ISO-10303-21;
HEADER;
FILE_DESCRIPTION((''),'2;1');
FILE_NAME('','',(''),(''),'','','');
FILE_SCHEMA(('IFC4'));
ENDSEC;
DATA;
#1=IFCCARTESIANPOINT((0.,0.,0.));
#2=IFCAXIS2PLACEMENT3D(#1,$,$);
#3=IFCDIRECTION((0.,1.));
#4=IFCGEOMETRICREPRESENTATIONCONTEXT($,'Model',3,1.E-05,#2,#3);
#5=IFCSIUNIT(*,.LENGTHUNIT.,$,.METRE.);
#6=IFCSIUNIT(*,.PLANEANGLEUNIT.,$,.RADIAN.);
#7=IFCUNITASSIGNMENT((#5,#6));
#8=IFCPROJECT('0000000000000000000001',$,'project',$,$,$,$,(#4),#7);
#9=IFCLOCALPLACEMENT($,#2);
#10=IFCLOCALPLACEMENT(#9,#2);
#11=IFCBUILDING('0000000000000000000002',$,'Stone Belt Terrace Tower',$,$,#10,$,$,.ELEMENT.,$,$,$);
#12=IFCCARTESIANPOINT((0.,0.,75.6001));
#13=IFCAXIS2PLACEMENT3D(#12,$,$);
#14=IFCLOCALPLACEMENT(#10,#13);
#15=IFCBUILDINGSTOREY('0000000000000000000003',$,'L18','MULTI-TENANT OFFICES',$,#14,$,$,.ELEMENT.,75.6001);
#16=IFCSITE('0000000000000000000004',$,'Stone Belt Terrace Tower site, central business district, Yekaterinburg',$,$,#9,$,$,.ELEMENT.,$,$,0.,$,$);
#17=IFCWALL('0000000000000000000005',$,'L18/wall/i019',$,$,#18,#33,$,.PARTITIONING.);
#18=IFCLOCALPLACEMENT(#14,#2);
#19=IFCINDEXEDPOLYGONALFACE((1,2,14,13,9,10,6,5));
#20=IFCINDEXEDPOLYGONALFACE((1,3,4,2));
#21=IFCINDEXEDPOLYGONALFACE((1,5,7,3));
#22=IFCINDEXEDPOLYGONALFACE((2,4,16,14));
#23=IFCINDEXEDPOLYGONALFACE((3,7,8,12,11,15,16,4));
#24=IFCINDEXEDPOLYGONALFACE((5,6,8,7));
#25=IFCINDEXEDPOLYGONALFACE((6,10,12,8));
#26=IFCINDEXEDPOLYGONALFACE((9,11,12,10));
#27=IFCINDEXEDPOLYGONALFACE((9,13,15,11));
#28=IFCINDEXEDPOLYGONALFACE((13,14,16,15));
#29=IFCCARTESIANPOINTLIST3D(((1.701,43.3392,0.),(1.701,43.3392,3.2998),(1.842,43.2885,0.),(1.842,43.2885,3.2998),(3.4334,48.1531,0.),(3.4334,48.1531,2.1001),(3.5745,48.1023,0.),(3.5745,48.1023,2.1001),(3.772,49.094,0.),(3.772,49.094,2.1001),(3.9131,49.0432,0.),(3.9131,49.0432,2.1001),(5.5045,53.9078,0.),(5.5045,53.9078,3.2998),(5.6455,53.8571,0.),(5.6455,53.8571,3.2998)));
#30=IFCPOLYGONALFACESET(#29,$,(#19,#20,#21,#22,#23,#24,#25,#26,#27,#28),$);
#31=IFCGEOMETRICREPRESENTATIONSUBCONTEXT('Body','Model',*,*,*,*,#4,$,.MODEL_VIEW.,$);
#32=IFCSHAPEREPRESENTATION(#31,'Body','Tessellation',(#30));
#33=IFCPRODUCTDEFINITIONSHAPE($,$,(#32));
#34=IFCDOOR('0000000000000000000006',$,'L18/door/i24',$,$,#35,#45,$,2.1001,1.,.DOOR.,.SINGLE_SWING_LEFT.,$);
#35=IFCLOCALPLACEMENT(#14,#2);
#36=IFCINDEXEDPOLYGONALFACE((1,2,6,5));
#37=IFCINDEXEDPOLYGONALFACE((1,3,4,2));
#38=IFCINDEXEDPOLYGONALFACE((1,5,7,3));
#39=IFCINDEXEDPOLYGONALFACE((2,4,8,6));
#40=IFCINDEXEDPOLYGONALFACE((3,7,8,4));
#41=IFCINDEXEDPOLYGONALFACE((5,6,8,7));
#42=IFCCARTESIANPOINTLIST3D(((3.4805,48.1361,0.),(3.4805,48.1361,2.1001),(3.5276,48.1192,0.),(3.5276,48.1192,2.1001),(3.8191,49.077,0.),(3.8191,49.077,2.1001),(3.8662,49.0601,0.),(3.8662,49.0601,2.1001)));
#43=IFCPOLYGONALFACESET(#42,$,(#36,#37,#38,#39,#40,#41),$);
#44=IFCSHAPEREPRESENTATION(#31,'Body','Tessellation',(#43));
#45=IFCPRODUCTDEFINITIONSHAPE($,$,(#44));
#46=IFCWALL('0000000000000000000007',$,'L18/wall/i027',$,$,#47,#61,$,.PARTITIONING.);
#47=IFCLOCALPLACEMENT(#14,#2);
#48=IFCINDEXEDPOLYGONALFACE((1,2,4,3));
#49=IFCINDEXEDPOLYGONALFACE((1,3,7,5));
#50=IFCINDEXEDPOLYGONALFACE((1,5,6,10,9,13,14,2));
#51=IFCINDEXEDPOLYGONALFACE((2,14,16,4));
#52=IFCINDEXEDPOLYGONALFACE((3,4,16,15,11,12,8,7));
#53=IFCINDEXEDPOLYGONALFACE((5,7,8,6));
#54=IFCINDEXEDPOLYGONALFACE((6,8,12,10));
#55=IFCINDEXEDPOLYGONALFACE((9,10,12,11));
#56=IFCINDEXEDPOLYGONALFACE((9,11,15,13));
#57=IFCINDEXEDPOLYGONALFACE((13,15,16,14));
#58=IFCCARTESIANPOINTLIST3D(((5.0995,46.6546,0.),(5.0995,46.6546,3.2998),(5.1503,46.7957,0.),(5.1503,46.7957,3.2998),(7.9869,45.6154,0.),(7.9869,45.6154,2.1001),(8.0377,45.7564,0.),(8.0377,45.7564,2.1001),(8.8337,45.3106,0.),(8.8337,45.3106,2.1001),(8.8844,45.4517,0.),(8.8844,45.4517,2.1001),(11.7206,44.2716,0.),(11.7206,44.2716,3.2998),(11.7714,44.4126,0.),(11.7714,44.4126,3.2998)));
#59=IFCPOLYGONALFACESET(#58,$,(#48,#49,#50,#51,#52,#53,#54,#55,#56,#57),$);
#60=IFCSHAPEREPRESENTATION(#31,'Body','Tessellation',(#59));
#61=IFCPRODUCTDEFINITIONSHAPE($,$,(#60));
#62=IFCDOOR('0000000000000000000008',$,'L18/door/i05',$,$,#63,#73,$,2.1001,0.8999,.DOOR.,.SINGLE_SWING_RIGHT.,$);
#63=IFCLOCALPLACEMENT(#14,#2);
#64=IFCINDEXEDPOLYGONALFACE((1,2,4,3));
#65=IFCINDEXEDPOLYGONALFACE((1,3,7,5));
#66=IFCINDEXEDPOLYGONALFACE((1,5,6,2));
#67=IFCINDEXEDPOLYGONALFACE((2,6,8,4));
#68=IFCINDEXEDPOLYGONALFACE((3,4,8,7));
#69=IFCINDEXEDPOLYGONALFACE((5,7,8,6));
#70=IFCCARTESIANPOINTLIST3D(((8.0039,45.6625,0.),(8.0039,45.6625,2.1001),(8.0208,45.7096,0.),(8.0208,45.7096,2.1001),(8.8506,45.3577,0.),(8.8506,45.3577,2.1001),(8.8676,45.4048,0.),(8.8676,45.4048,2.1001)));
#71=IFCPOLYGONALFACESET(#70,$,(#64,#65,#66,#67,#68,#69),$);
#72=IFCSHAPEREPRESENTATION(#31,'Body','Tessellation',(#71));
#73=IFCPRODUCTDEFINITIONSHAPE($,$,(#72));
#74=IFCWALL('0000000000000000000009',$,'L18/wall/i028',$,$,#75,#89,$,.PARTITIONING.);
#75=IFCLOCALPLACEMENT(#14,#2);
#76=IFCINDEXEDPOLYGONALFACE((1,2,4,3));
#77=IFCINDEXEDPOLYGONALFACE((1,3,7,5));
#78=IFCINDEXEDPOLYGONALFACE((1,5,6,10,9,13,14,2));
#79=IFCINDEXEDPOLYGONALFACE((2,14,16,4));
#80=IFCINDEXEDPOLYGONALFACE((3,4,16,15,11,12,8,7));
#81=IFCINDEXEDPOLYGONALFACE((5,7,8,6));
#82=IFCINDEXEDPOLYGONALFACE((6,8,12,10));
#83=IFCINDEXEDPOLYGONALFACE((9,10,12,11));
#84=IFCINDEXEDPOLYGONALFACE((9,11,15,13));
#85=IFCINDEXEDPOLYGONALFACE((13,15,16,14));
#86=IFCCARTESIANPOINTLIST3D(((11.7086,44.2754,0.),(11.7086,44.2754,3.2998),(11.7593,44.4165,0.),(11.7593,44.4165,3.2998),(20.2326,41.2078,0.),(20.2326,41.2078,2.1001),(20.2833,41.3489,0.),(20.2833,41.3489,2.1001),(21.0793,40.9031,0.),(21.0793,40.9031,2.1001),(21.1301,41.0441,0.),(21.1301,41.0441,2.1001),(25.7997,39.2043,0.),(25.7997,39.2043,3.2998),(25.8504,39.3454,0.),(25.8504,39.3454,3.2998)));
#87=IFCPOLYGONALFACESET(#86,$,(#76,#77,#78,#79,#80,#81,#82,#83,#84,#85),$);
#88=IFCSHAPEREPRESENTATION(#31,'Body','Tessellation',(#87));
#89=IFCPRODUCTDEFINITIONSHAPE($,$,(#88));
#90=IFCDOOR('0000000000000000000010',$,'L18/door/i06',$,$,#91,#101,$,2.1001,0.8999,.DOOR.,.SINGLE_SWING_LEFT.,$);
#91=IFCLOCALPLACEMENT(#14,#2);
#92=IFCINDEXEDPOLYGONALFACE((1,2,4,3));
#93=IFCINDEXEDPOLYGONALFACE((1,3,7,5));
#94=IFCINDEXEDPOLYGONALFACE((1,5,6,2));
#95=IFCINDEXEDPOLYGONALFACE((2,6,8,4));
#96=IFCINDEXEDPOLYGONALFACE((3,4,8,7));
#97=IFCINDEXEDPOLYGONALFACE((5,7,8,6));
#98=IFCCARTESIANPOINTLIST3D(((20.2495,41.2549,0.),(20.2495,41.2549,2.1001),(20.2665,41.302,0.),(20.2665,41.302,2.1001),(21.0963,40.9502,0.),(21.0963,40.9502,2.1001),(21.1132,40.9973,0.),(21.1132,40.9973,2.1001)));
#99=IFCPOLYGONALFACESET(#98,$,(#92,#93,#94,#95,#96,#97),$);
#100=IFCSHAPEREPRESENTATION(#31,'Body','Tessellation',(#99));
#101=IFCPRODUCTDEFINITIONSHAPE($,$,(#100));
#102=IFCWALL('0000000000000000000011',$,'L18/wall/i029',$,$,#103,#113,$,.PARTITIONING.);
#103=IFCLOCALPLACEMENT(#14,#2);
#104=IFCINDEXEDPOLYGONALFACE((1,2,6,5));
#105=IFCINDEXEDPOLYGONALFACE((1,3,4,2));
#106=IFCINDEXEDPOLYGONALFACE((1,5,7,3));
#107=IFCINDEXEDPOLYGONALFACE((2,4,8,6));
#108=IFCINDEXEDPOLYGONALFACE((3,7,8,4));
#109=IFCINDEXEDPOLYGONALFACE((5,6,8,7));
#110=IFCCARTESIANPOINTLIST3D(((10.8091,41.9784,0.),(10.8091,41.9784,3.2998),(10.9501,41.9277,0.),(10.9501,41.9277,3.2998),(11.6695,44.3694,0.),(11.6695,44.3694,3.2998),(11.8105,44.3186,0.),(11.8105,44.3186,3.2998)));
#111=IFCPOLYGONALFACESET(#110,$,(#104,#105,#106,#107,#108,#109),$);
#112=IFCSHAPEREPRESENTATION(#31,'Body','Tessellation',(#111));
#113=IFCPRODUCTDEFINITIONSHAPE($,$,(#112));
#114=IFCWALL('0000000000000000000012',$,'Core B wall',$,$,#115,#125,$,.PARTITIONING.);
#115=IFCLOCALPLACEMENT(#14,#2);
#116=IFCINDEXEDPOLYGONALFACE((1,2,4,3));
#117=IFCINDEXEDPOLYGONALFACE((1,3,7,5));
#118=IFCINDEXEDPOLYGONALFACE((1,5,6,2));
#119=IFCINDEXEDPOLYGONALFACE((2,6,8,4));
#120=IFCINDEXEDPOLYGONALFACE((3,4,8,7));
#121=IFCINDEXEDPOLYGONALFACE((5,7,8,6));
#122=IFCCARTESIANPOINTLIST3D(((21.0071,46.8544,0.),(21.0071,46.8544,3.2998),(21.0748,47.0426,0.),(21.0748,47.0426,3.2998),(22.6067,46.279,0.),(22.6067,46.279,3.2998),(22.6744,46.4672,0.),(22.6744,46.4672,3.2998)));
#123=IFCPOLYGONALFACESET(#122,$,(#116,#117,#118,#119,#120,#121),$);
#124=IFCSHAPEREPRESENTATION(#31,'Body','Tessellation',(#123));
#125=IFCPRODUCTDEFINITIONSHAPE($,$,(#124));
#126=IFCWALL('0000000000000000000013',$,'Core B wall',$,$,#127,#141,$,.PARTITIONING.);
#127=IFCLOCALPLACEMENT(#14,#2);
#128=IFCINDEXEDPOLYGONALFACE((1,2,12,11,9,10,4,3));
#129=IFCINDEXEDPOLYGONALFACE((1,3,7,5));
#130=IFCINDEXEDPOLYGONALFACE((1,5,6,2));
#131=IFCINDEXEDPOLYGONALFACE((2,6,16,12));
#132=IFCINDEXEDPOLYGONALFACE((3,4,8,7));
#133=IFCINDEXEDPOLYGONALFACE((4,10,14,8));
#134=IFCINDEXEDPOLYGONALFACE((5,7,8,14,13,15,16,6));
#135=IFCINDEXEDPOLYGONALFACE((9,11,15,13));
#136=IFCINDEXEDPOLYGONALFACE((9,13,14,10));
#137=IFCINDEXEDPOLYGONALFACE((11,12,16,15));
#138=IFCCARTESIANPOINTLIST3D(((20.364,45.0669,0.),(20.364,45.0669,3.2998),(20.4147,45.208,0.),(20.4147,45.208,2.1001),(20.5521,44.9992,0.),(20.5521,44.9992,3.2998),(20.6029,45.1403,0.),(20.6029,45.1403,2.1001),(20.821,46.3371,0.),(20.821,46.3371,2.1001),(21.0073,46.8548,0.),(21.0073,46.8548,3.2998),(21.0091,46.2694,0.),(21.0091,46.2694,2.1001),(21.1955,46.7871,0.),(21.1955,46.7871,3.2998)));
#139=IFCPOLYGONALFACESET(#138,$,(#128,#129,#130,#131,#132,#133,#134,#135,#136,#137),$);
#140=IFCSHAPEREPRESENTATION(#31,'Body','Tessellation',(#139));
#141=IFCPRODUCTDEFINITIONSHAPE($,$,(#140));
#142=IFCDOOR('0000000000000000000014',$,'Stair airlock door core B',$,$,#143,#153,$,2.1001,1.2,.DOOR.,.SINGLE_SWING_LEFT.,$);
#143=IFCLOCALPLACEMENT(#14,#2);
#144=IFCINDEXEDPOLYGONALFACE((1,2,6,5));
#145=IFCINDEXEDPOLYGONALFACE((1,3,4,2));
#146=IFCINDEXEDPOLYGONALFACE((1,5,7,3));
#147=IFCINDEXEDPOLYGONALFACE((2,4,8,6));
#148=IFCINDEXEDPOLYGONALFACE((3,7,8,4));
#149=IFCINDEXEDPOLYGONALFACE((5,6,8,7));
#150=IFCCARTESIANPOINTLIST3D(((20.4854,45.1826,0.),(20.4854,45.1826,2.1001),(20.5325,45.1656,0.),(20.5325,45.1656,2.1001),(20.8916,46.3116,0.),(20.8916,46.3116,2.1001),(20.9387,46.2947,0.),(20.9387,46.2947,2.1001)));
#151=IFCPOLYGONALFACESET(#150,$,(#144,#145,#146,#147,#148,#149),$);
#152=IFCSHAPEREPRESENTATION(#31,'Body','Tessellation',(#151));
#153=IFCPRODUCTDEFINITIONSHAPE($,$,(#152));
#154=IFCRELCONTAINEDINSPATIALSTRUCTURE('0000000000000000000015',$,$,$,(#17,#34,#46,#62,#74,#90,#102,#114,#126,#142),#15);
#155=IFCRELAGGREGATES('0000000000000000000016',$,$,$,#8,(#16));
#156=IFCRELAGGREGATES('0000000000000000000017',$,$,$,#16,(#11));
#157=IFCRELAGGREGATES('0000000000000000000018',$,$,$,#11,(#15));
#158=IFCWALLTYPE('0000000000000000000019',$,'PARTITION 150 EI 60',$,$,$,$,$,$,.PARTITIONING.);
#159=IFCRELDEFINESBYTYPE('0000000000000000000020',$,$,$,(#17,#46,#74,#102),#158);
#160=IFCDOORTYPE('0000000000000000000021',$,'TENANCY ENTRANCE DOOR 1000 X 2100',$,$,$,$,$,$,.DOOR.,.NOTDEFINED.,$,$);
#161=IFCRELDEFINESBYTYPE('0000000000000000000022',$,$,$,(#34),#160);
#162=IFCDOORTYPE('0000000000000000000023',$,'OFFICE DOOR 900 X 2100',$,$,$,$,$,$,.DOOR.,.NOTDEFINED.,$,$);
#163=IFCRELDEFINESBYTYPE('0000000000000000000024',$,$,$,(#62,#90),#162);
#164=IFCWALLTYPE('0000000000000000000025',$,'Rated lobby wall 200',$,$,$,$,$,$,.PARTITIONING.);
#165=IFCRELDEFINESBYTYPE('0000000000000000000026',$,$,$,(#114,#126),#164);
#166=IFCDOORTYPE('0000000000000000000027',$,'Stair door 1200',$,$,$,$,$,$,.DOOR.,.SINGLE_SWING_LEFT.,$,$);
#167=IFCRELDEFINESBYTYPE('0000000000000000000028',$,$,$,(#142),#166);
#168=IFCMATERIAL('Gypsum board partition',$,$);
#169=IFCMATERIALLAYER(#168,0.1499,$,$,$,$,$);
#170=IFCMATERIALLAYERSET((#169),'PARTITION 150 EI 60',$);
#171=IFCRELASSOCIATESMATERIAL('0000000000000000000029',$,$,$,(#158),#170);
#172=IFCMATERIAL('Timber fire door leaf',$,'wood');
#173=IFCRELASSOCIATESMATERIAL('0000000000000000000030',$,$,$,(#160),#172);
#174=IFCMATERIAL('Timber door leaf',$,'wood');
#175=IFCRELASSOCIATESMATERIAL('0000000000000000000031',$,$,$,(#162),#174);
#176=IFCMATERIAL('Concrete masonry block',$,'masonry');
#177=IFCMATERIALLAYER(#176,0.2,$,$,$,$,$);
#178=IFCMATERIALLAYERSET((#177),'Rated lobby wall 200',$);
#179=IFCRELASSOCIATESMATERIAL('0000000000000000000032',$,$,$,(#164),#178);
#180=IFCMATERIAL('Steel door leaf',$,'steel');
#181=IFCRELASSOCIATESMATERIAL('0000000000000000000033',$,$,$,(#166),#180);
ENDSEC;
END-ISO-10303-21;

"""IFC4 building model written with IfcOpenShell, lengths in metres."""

from ifc_helpers import new_model, si_unit, direction, frame, frame_2d, origin, place, context, subcontext, project, spatial, rectangle, extrude, material, layer, layer_set, type_object, element, fill, save


model = new_model("IFC4")

# Units and contexts
model_context = context("Model", 3, precision=1e-05, world=origin(), true_north=direction((0.0, 1.0)))
body_context = subcontext(model_context, "Body", "Model", "MODEL_VIEW")
ifc_project = project(units=[si_unit("LENGTHUNIT", "METRE"), si_unit("PLANEANGLEUNIT", "RADIAN")], contexts=[model_context])

# Site, building, storey
site_placement = place(None, origin())
site = spatial("IfcSite", under=ifc_project, at=site_placement, Name="Stone Belt Terrace Tower site, central business district, Yekaterinburg", CompositionType="ELEMENT", RefElevation=0.0)
building_placement = place(site_placement, origin())
building = spatial("IfcBuilding", under=site, at=building_placement, Name="Stone Belt Terrace Tower", CompositionType="ELEMENT")
storey_placement = place(building_placement, frame((0.0, 0.0, 75.6001)))
storey = spatial("IfcBuildingStorey", under=building, at=storey_placement, Name="L18", Description="MULTI-TENANT OFFICES", CompositionType="ELEMENT", Elevation=75.6001)

# Shared definitions
ifc_material_1 = material(Name="Gypsum board partition")
ifc_layer_1 = layer(ifc_material_1, 0.1499)
ifc_layer_set_1 = layer_set([ifc_layer_1], Name="PARTITION 150 EI 60")
wall_type_1 = type_object("IfcWallType", Name="PARTITION 150 EI 60", PredefinedType="PARTITIONING", material=ifc_layer_set_1)

# Walls, openings, doors
wall_1_placement = place(storey_placement, frame((1.7715, 43.3137, 0.0), z_axis=(0.0, 0.0, 1.0), x_axis=(0.338622, 0.940922, 0.0)))
wall_1 = element("IfcWall", 1, at=wall_1_placement, inside=storey, type_object=wall_type_1, Name="L18/wall/i019", PredefinedType="PARTITIONING", context=body_context, shape_type="SweptSolid", body=[
    extrude(rectangle(XDim=11.2322, YDim=0.1499, at=frame_2d((5.6162, 0.0))), origin(), (0.0, 0.0, 1.0), 3.2998),
])
opening_1_placement = place(wall_1_placement, frame((5.1162, 0.0, 0.0)))
opening_1 = element("IfcOpeningElement", 2, at=opening_1_placement, cuts=wall_1, PredefinedType="OPENING", context=body_context, shape_type="SweptSolid", body=[
    extrude(rectangle(XDim=1.0, YDim=2.1001, at=frame_2d((0.5, 1.05))), frame((0.0, 0.085, 0.0), z_axis=(0.0, -1.0, 0.0), x_axis=(1.0, 0.0, 0.0)), (0.0, 0.0, 1.0), 0.1699),
])
ifc_material_2 = material(Name="Timber fire door leaf", Category="wood")
door_type_1 = type_object("IfcDoorType", Name="TENANCY ENTRANCE DOOR 1000 X 2100", OperationType="NOTDEFINED", PredefinedType="DOOR", material=ifc_material_2)
door_1_placement = place(opening_1_placement, origin())
door_1 = element("IfcDoor", 3, at=door_1_placement, inside=storey, type_object=door_type_1, Name="L18/door/i24", OperationType="SINGLE_SWING_LEFT", OverallHeight=2.1001, OverallWidth=1.0, PredefinedType="DOOR", context=body_context, shape_type="SweptSolid", body=[
    extrude(rectangle(XDim=1.0, YDim=2.1001, at=frame_2d((0.5, 1.05))), frame((0.0, 0.0249, 0.0), z_axis=(0.0, -1.0, 0.0), x_axis=(1.0, 0.0, 0.0)), (0.0, 0.0, 1.0), 0.05),
])
fill(opening_1, door_1)
wall_2_placement = place(storey_placement, frame((11.7461, 44.342, 0.0), z_axis=(0.0, 0.0, 1.0), x_axis=(-0.940912, 0.338652, 0.0)))
wall_2 = element("IfcWall", 4, at=wall_2_placement, inside=storey, type_object=wall_type_1, Name="L18/wall/i027", PredefinedType="PARTITIONING", context=body_context, shape_type="SweptSolid", body=[
    extrude(rectangle(XDim=7.0369, YDim=0.1499, at=frame_2d((3.5186, 0.0))), origin(), (0.0, 0.0, 1.0), 3.2998),
])
opening_2_placement = place(wall_2_placement, frame((3.0684, 0.0, 0.0)))
opening_2 = element("IfcOpeningElement", 5, at=opening_2_placement, cuts=wall_2, PredefinedType="OPENING", context=body_context, shape_type="SweptSolid", body=[
    extrude(rectangle(XDim=0.8999, YDim=2.1001, at=frame_2d((0.45, 1.05))), frame((0.0, 0.085, 0.0), z_axis=(0.0, -1.0, 0.0), x_axis=(1.0, 0.0, 0.0)), (0.0, 0.0, 1.0), 0.1699),
])
ifc_material_3 = material(Name="Timber door leaf", Category="wood")
door_type_2 = type_object("IfcDoorType", Name="OFFICE DOOR 900 X 2100", OperationType="NOTDEFINED", PredefinedType="DOOR", material=ifc_material_3)
door_2_placement = place(opening_2_placement, origin())
door_2 = element("IfcDoor", 6, at=door_2_placement, inside=storey, type_object=door_type_2, Name="L18/door/i05", OperationType="SINGLE_SWING_RIGHT", OverallHeight=2.1001, OverallWidth=0.8999, PredefinedType="DOOR", context=body_context, shape_type="SweptSolid", body=[
    extrude(rectangle(XDim=0.8999, YDim=2.1001, at=frame_2d((0.45, 1.05))), frame((0.0, 0.0249, 0.0), z_axis=(0.0, -1.0, 0.0), x_axis=(1.0, 0.0, 0.0)), (0.0, 0.0, 1.0), 0.05),
])
fill(opening_2, door_2)
wall_3_placement = place(storey_placement, frame((25.825, 39.2749, 0.0), z_axis=(0.0, 0.0, 1.0), x_axis=(-0.940924, 0.338617, 0.0)))
wall_3 = element("IfcWall", 7, at=wall_3_placement, inside=storey, type_object=wall_type_1, Name="L18/wall/i028", PredefinedType="PARTITIONING", context=body_context, shape_type="SweptSolid", body=[
    extrude(rectangle(XDim=14.9758, YDim=0.1499, at=frame_2d((7.4878, 0.0))), origin(), (0.0, 0.0, 1.0), 3.2998),
])
opening_3_placement = place(wall_3_placement, frame((5.0166, 0.0, 0.0)))
opening_3 = element("IfcOpeningElement", 8, at=opening_3_placement, cuts=wall_3, PredefinedType="OPENING", context=body_context, shape_type="SweptSolid", body=[
    extrude(rectangle(XDim=0.8999, YDim=2.1001, at=frame_2d((0.45, 1.05))), frame((0.0, 0.085, 0.0), z_axis=(0.0, -1.0, 0.0), x_axis=(1.0, 0.0, 0.0)), (0.0, 0.0, 1.0), 0.1699),
])
door_3_placement = place(opening_3_placement, origin())
door_3 = element("IfcDoor", 9, at=door_3_placement, inside=storey, type_object=door_type_2, Name="L18/door/i06", OperationType="SINGLE_SWING_LEFT", OverallHeight=2.1001, OverallWidth=0.8999, PredefinedType="DOOR", context=body_context, shape_type="SweptSolid", body=[
    extrude(rectangle(XDim=0.8999, YDim=2.1001, at=frame_2d((0.45, 1.05))), frame((0.0, 0.0249, 0.0), z_axis=(0.0, -1.0, 0.0), x_axis=(1.0, 0.0, 0.0)), (0.0, 0.0, 1.0), 0.05),
])
fill(opening_3, door_3)

# Walls
wall_4_placement = place(storey_placement, frame((11.74, 44.344, 0.0), z_axis=(0.0, 0.0, 1.0), x_axis=(-0.338594, -0.940933, 0.0)))
element("IfcWall", 10, at=wall_4_placement, inside=storey, type_object=wall_type_1, Name="L18/wall/i029", PredefinedType="PARTITIONING", context=body_context, shape_type="SweptSolid", body=[
    extrude(rectangle(XDim=2.541, YDim=0.1499, at=frame_2d((1.2705, 0.0))), origin(), (0.0, 0.0, 1.0), 3.2998),
])
ifc_material_4 = material(Name="Concrete masonry block", Category="masonry")
ifc_layer_2 = layer(ifc_material_4, 0.2)
ifc_layer_set_2 = layer_set([ifc_layer_2], Name="Rated lobby wall 200")
wall_type_2 = type_object("IfcWallType", Name="Rated lobby wall 200", PredefinedType="PARTITIONING", material=ifc_layer_set_2)
wall_5_placement = place(storey_placement, frame((22.6406, 46.373, 0.0), z_axis=(0.0, 0.0, 1.0), x_axis=(-0.940966, 0.338501, 0.0)))
element("IfcWall", 11, at=wall_5_placement, inside=storey, type_object=wall_type_2, Name="Core B wall", PredefinedType="PARTITIONING", context=body_context, shape_type="SweptSolid", body=[
    extrude(rectangle(XDim=1.7, YDim=0.2, at=frame_2d((0.8501, 0.0))), origin(), (0.0, 0.0, 1.0), 3.2998),
])

# Wall, opening, door
wall_6_placement = place(storey_placement, frame((20.458, 45.033, 0.0), z_axis=(0.0, 0.0, 1.0), x_axis=(0.338574, 0.94094, 0.0)))
wall_6 = element("IfcWall", 12, at=wall_6_placement, inside=storey, type_object=wall_type_2, Name="Core B wall", PredefinedType="PARTITIONING", context=body_context, shape_type="SweptSolid", body=[
    extrude(rectangle(XDim=1.9001, YDim=0.2, at=frame_2d((0.9502, 0.0))), origin(), (0.0, 0.0, 1.0), 3.2998),
])
opening_4_placement = place(wall_6_placement, frame((0.1499, 0.0, 0.0)))
opening_4 = element("IfcOpeningElement", 13, at=opening_4_placement, cuts=wall_6, PredefinedType="OPENING", context=body_context, shape_type="SweptSolid", body=[
    extrude(rectangle(XDim=1.2, YDim=2.1001, at=frame_2d((0.6001, 1.05))), frame((0.0, 0.1099, 0.0), z_axis=(0.0, -1.0, 0.0), x_axis=(1.0, 0.0, 0.0)), (0.0, 0.0, 1.0), 0.22),
])
ifc_material_5 = material(Name="Steel door leaf", Category="steel")
door_type_3 = type_object("IfcDoorType", Name="Stair door 1200", OperationType="SINGLE_SWING_LEFT", PredefinedType="DOOR", material=ifc_material_5)
door_4_placement = place(opening_4_placement, origin())
door_4 = element("IfcDoor", 14, at=door_4_placement, inside=storey, type_object=door_type_3, Name="Stair airlock door core B", OperationType="SINGLE_SWING_LEFT", OverallHeight=2.1001, OverallWidth=1.2, PredefinedType="DOOR", context=body_context, shape_type="SweptSolid", body=[
    extrude(rectangle(XDim=1.2, YDim=2.1001, at=frame_2d((0.6001, 1.05))), frame((0.0, 0.0249, 0.0), z_axis=(0.0, -1.0, 0.0), x_axis=(1.0, 0.0, 0.0)), (0.0, 0.0, 1.0), 0.05),
])
fill(opening_4, door_4)

save(model, "model.ifc")
